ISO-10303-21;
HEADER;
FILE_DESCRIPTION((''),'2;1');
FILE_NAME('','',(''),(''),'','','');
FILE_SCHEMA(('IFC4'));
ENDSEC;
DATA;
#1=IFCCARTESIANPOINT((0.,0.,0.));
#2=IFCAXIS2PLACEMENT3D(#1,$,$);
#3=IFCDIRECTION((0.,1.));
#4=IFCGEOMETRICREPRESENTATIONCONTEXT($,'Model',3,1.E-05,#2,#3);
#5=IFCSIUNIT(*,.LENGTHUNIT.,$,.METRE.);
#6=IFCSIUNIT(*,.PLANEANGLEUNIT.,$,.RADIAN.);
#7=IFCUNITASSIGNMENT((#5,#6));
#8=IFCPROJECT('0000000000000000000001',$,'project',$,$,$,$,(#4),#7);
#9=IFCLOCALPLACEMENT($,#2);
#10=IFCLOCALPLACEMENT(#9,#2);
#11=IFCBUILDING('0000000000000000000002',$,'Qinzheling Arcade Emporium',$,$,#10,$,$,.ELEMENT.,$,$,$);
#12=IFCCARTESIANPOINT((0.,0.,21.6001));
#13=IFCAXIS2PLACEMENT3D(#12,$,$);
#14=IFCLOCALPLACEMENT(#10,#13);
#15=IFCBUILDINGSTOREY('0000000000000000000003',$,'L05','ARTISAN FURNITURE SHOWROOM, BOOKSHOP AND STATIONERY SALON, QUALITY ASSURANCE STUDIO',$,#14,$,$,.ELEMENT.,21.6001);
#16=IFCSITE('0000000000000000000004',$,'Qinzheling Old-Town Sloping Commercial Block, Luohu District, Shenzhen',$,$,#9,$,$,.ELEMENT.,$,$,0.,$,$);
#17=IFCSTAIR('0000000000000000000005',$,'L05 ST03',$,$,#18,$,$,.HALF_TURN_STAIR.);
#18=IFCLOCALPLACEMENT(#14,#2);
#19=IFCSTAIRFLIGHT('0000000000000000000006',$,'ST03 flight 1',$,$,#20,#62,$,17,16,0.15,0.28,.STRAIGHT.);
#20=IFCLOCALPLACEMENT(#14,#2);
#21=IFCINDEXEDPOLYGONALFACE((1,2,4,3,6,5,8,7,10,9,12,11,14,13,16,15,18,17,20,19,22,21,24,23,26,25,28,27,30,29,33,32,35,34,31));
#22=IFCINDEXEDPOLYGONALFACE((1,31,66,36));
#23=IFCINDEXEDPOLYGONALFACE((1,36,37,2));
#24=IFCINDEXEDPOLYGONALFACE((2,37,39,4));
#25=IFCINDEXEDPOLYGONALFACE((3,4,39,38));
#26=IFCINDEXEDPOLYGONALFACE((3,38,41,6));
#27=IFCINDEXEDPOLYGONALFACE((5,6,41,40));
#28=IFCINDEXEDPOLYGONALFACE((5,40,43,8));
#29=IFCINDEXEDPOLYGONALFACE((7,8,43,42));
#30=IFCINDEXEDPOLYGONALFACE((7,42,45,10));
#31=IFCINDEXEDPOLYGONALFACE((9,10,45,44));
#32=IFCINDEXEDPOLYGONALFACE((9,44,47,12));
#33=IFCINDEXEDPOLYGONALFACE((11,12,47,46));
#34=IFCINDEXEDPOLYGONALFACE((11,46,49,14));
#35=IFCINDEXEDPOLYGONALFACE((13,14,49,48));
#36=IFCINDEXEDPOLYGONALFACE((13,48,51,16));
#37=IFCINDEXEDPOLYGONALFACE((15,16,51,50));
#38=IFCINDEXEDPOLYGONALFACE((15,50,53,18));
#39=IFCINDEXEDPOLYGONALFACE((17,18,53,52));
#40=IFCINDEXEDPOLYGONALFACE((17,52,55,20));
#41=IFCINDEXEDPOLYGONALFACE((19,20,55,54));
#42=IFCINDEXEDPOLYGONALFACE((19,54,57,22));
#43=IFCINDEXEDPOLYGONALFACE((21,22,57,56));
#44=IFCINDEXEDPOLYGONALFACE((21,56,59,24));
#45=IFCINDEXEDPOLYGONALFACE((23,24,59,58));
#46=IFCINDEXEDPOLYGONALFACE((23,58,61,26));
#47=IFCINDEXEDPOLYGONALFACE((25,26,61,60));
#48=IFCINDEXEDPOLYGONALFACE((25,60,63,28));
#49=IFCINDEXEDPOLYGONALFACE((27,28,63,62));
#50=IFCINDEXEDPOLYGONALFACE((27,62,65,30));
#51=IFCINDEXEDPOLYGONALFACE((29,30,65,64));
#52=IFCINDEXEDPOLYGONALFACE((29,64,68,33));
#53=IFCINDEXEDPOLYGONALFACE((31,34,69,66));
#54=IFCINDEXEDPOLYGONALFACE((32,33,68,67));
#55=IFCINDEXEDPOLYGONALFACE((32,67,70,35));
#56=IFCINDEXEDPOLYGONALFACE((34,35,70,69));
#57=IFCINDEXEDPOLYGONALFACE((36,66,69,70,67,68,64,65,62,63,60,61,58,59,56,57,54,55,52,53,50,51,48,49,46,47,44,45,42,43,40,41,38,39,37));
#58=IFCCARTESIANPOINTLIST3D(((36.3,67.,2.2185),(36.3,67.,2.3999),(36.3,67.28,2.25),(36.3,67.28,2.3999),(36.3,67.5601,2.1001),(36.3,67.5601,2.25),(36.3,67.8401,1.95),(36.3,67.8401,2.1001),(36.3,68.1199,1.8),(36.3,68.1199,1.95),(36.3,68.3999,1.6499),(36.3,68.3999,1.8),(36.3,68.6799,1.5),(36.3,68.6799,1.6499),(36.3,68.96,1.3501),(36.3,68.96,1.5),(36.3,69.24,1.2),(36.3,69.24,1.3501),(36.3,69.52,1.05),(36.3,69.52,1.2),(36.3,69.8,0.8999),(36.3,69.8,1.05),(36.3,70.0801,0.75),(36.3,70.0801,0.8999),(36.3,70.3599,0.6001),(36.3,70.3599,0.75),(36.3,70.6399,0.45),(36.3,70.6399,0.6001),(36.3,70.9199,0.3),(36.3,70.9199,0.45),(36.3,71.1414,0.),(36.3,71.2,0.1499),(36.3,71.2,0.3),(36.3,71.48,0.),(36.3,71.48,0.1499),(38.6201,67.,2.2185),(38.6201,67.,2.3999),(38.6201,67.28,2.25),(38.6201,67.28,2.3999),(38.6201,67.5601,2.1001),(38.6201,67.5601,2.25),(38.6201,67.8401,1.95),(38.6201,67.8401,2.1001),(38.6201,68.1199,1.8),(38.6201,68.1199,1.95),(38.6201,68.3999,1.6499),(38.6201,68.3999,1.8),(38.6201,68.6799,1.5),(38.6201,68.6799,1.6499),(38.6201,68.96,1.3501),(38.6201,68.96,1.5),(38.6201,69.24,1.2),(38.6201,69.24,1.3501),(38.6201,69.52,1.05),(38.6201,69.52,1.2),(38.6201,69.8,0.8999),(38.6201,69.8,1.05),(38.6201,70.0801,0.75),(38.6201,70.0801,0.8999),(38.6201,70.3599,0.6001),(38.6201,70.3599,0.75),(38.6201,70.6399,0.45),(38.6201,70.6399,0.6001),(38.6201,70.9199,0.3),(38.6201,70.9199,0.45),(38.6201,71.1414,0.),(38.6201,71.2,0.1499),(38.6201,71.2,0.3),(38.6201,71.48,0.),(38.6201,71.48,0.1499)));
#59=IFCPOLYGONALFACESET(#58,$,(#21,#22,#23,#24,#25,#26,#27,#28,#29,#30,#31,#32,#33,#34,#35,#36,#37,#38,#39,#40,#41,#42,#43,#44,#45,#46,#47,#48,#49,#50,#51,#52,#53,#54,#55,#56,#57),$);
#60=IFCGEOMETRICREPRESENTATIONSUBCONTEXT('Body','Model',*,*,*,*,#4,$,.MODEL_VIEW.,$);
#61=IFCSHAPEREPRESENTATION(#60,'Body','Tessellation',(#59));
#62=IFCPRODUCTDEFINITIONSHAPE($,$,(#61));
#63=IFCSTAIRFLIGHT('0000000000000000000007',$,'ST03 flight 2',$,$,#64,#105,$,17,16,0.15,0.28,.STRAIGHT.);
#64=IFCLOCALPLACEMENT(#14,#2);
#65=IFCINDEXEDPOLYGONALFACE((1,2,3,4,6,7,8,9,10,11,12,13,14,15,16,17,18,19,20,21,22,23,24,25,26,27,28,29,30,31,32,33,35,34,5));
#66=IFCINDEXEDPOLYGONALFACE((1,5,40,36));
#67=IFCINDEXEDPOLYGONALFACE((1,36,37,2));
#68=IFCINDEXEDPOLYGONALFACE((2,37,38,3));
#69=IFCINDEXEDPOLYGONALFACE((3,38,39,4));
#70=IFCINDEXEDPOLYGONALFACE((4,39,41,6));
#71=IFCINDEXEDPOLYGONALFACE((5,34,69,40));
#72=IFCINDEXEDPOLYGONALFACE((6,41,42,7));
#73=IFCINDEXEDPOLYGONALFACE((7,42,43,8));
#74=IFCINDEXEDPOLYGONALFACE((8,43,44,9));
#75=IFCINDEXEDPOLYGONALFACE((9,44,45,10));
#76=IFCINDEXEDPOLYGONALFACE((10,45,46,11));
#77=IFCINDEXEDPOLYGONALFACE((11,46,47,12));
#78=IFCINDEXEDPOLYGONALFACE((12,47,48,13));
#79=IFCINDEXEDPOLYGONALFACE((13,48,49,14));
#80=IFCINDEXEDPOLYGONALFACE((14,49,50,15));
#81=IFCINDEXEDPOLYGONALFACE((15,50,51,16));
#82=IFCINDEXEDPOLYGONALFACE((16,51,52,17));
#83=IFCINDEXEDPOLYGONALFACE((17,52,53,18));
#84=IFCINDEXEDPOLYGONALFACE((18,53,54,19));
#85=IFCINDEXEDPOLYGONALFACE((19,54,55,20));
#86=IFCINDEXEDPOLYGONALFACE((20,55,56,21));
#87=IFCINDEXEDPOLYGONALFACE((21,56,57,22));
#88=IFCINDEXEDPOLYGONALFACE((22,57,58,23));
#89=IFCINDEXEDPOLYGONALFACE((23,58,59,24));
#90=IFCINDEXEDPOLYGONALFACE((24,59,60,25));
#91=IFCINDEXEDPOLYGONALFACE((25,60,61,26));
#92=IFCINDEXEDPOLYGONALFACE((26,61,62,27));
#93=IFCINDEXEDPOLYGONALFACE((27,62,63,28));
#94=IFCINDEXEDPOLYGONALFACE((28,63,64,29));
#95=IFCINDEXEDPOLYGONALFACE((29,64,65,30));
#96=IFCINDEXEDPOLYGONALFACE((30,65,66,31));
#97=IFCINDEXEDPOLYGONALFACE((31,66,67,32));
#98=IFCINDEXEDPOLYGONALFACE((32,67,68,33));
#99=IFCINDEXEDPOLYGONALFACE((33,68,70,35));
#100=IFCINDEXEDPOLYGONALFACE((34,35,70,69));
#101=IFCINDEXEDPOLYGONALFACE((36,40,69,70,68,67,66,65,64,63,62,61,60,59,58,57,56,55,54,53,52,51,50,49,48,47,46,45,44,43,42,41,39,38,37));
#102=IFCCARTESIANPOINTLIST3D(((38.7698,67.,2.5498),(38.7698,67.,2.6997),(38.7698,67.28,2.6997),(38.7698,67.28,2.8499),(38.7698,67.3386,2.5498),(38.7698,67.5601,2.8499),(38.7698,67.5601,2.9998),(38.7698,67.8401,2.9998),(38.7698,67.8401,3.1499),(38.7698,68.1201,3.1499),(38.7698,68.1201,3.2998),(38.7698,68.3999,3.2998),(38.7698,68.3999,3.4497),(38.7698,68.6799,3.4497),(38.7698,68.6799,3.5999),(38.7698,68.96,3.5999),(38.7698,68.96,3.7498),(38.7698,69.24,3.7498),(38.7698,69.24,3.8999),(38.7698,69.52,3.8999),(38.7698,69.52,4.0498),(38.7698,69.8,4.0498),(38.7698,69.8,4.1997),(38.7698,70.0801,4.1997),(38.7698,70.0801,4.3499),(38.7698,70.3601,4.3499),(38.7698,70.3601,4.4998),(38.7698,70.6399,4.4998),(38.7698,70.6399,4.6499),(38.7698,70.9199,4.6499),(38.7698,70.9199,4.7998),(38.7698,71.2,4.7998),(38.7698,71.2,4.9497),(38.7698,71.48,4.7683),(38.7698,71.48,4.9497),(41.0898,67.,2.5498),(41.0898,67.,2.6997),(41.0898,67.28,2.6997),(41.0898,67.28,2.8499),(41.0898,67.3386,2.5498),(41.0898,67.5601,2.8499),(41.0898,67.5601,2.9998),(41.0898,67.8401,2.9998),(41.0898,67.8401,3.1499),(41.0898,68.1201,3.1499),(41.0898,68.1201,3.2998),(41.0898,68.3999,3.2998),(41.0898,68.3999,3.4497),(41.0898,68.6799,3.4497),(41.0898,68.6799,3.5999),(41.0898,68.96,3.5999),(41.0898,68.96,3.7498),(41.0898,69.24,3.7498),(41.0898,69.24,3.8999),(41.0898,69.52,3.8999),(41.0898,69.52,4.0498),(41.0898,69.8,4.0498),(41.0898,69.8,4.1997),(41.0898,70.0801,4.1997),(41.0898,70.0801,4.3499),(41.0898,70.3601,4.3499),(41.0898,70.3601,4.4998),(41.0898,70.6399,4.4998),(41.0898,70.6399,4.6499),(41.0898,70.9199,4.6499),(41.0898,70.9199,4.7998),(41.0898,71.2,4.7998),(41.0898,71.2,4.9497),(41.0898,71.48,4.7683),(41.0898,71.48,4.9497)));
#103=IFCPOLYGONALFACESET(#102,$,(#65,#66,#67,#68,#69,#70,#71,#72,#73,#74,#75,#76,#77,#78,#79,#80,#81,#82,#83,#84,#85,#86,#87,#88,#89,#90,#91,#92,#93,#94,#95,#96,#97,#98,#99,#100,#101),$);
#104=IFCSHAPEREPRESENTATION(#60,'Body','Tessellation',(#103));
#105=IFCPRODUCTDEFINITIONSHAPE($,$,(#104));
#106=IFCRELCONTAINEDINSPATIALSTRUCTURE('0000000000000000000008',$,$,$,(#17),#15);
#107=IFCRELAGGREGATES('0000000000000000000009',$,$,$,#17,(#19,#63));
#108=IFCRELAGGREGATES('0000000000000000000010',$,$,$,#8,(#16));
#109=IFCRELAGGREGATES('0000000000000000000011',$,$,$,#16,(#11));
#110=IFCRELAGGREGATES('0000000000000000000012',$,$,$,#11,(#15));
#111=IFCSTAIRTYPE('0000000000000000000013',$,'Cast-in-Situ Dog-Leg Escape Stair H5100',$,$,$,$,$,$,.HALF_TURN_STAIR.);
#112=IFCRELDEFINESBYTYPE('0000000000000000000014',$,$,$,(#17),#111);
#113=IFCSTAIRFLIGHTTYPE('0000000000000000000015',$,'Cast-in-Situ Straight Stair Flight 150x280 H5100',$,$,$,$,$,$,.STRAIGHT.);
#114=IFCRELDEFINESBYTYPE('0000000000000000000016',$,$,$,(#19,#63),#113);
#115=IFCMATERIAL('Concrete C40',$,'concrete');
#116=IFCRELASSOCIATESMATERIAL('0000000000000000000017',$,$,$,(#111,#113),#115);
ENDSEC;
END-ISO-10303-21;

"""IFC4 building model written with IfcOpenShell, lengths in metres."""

from ifc_helpers import new_model, si_unit, direction, frame, origin, place, context, subcontext, project, spatial, polyline, outline, extrude, material, type_object, element, aggregate, save


model = new_model("IFC4")

# Units and contexts
model_context = context("Model", 3, precision=1e-05, world=origin(), true_north=direction((0.0, 1.0)))
body_context = subcontext(model_context, "Body", "Model", "MODEL_VIEW")
ifc_project = project(units=[si_unit("LENGTHUNIT", "METRE"), si_unit("PLANEANGLEUNIT", "RADIAN")], contexts=[model_context])

# Site, building, storey
site_placement = place(None, origin())
site = spatial("IfcSite", under=ifc_project, at=site_placement, Name="Qinzheling Old-Town Sloping Commercial Block, Luohu District, Shenzhen", CompositionType="ELEMENT", RefElevation=0.0)
building_placement = place(site_placement, origin())
building = spatial("IfcBuilding", under=site, at=building_placement, Name="Qinzheling Arcade Emporium", CompositionType="ELEMENT")
storey_placement = place(building_placement, frame((0.0, 0.0, 21.6001)))
storey = spatial("IfcBuildingStorey", under=building, at=storey_placement, Name="L05", Description="ARTISAN FURNITURE SHOWROOM, BOOKSHOP AND STATIONERY SALON, QUALITY ASSURANCE STUDIO", CompositionType="ELEMENT", Elevation=21.6001)

# Shared definitions
ifc_material_1 = material(Name="Concrete C40", Category="concrete")

# Stair, stair flights
stair_type = type_object("IfcStairType", Name="Cast-in-Situ Dog-Leg Escape Stair H5100", PredefinedType="HALF_TURN_STAIR", material=ifc_material_1)
stair_placement = place(storey_placement, origin())
stair = element("IfcStair", 1, at=stair_placement, inside=storey, type_object=stair_type, Name="L05 ST03", PredefinedType="HALF_TURN_STAIR")
stair_flight_type = type_object("IfcStairFlightType", Name="Cast-in-Situ Straight Stair Flight 150x280 H5100", PredefinedType="STRAIGHT", material=ifc_material_1)
stair_flight_1_placement = place(storey_placement, frame((37.46, 71.48, 0.0), z_axis=(0.0, 0.0, 1.0), x_axis=(0.0, -1.0, 0.0)))
stair_flight_1 = element("IfcStairFlight", 2, at=stair_flight_1_placement, type_object=stair_flight_type, Name="ST03 flight 1", NumberOfRisers=17, NumberOfTreads=16, PredefinedType="STRAIGHT", RiserHeight=0.15, TreadLength=0.28, context=body_context, shape_type="SweptSolid", body=[
    extrude(outline(polyline([(0.0, 0.0), (0.0, 0.1499), (0.28, 0.1499), (0.28, 0.3), (0.5601, 0.3), (0.5601, 0.45), (0.8401, 0.45), (0.8401, 0.6001), (1.1201, 0.6001), (1.1201, 0.75), (1.3999, 0.75), (1.3999, 0.8999), (1.6799, 0.8999), (1.6799, 1.05), (1.96, 1.05), (1.96, 1.2), (2.24, 1.2), (2.24, 1.3501), (2.52, 1.3501), (2.52, 1.5), (2.8, 1.5), (2.8, 1.6499), (3.0801, 1.6499), (3.0801, 1.8), (3.3601, 1.8), (3.3601, 1.95), (3.6399, 1.95), (3.6399, 2.1001), (3.9199, 2.1001), (3.9199, 2.25), (4.2, 2.25), (4.2, 2.3999), (4.48, 2.3999), (4.48, 2.55), (4.48, 2.2185), (0.3386, 0.0), (0.0, 0.0)])), frame((0.0, 1.1602, 0.0), z_axis=(0.0, -1.0, 0.0), x_axis=(1.0, 0.0, 0.0)), (0.0, 0.0, 1.0), 2.3201),
])
stair_flight_2_placement = place(storey_placement, frame((39.9299, 67.0, 2.5498), z_axis=(0.0, 0.0, 1.0), x_axis=(0.0, 1.0, 0.0)))
stair_flight_2 = element("IfcStairFlight", 3, at=stair_flight_2_placement, type_object=stair_flight_type, Name="ST03 flight 2", NumberOfRisers=17, NumberOfTreads=16, PredefinedType="STRAIGHT", RiserHeight=0.15, TreadLength=0.28, context=body_context, shape_type="SweptSolid", body=[
    extrude(outline(polyline([(0.0, 0.0), (0.0, 0.1499), (0.28, 0.1499), (0.28, 0.3), (0.5601, 0.3), (0.5601, 0.45), (0.8401, 0.45), (0.8401, 0.6001), (1.1201, 0.6001), (1.1201, 0.75), (1.3999, 0.75), (1.3999, 0.8999), (1.6799, 0.8999), (1.6799, 1.05), (1.96, 1.05), (1.96, 1.2), (2.24, 1.2), (2.24, 1.3501), (2.52, 1.3501), (2.52, 1.5), (2.8, 1.5), (2.8, 1.6499), (3.0801, 1.6499), (3.0801, 1.8), (3.3601, 1.8), (3.3601, 1.95), (3.6399, 1.95), (3.6399, 2.1001), (3.9199, 2.1001), (3.9199, 2.25), (4.2, 2.25), (4.2, 2.3999), (4.48, 2.3999), (4.48, 2.55), (4.48, 2.2185), (0.3386, 0.0), (0.0, 0.0)])), frame((0.0, 1.1602, 0.0), z_axis=(0.0, -1.0, 0.0), x_axis=(1.0, 0.0, 0.0)), (0.0, 0.0, 1.0), 2.3201),
])
aggregate(stair, [stair_flight_1, stair_flight_2])

save(model, "model.ifc")
